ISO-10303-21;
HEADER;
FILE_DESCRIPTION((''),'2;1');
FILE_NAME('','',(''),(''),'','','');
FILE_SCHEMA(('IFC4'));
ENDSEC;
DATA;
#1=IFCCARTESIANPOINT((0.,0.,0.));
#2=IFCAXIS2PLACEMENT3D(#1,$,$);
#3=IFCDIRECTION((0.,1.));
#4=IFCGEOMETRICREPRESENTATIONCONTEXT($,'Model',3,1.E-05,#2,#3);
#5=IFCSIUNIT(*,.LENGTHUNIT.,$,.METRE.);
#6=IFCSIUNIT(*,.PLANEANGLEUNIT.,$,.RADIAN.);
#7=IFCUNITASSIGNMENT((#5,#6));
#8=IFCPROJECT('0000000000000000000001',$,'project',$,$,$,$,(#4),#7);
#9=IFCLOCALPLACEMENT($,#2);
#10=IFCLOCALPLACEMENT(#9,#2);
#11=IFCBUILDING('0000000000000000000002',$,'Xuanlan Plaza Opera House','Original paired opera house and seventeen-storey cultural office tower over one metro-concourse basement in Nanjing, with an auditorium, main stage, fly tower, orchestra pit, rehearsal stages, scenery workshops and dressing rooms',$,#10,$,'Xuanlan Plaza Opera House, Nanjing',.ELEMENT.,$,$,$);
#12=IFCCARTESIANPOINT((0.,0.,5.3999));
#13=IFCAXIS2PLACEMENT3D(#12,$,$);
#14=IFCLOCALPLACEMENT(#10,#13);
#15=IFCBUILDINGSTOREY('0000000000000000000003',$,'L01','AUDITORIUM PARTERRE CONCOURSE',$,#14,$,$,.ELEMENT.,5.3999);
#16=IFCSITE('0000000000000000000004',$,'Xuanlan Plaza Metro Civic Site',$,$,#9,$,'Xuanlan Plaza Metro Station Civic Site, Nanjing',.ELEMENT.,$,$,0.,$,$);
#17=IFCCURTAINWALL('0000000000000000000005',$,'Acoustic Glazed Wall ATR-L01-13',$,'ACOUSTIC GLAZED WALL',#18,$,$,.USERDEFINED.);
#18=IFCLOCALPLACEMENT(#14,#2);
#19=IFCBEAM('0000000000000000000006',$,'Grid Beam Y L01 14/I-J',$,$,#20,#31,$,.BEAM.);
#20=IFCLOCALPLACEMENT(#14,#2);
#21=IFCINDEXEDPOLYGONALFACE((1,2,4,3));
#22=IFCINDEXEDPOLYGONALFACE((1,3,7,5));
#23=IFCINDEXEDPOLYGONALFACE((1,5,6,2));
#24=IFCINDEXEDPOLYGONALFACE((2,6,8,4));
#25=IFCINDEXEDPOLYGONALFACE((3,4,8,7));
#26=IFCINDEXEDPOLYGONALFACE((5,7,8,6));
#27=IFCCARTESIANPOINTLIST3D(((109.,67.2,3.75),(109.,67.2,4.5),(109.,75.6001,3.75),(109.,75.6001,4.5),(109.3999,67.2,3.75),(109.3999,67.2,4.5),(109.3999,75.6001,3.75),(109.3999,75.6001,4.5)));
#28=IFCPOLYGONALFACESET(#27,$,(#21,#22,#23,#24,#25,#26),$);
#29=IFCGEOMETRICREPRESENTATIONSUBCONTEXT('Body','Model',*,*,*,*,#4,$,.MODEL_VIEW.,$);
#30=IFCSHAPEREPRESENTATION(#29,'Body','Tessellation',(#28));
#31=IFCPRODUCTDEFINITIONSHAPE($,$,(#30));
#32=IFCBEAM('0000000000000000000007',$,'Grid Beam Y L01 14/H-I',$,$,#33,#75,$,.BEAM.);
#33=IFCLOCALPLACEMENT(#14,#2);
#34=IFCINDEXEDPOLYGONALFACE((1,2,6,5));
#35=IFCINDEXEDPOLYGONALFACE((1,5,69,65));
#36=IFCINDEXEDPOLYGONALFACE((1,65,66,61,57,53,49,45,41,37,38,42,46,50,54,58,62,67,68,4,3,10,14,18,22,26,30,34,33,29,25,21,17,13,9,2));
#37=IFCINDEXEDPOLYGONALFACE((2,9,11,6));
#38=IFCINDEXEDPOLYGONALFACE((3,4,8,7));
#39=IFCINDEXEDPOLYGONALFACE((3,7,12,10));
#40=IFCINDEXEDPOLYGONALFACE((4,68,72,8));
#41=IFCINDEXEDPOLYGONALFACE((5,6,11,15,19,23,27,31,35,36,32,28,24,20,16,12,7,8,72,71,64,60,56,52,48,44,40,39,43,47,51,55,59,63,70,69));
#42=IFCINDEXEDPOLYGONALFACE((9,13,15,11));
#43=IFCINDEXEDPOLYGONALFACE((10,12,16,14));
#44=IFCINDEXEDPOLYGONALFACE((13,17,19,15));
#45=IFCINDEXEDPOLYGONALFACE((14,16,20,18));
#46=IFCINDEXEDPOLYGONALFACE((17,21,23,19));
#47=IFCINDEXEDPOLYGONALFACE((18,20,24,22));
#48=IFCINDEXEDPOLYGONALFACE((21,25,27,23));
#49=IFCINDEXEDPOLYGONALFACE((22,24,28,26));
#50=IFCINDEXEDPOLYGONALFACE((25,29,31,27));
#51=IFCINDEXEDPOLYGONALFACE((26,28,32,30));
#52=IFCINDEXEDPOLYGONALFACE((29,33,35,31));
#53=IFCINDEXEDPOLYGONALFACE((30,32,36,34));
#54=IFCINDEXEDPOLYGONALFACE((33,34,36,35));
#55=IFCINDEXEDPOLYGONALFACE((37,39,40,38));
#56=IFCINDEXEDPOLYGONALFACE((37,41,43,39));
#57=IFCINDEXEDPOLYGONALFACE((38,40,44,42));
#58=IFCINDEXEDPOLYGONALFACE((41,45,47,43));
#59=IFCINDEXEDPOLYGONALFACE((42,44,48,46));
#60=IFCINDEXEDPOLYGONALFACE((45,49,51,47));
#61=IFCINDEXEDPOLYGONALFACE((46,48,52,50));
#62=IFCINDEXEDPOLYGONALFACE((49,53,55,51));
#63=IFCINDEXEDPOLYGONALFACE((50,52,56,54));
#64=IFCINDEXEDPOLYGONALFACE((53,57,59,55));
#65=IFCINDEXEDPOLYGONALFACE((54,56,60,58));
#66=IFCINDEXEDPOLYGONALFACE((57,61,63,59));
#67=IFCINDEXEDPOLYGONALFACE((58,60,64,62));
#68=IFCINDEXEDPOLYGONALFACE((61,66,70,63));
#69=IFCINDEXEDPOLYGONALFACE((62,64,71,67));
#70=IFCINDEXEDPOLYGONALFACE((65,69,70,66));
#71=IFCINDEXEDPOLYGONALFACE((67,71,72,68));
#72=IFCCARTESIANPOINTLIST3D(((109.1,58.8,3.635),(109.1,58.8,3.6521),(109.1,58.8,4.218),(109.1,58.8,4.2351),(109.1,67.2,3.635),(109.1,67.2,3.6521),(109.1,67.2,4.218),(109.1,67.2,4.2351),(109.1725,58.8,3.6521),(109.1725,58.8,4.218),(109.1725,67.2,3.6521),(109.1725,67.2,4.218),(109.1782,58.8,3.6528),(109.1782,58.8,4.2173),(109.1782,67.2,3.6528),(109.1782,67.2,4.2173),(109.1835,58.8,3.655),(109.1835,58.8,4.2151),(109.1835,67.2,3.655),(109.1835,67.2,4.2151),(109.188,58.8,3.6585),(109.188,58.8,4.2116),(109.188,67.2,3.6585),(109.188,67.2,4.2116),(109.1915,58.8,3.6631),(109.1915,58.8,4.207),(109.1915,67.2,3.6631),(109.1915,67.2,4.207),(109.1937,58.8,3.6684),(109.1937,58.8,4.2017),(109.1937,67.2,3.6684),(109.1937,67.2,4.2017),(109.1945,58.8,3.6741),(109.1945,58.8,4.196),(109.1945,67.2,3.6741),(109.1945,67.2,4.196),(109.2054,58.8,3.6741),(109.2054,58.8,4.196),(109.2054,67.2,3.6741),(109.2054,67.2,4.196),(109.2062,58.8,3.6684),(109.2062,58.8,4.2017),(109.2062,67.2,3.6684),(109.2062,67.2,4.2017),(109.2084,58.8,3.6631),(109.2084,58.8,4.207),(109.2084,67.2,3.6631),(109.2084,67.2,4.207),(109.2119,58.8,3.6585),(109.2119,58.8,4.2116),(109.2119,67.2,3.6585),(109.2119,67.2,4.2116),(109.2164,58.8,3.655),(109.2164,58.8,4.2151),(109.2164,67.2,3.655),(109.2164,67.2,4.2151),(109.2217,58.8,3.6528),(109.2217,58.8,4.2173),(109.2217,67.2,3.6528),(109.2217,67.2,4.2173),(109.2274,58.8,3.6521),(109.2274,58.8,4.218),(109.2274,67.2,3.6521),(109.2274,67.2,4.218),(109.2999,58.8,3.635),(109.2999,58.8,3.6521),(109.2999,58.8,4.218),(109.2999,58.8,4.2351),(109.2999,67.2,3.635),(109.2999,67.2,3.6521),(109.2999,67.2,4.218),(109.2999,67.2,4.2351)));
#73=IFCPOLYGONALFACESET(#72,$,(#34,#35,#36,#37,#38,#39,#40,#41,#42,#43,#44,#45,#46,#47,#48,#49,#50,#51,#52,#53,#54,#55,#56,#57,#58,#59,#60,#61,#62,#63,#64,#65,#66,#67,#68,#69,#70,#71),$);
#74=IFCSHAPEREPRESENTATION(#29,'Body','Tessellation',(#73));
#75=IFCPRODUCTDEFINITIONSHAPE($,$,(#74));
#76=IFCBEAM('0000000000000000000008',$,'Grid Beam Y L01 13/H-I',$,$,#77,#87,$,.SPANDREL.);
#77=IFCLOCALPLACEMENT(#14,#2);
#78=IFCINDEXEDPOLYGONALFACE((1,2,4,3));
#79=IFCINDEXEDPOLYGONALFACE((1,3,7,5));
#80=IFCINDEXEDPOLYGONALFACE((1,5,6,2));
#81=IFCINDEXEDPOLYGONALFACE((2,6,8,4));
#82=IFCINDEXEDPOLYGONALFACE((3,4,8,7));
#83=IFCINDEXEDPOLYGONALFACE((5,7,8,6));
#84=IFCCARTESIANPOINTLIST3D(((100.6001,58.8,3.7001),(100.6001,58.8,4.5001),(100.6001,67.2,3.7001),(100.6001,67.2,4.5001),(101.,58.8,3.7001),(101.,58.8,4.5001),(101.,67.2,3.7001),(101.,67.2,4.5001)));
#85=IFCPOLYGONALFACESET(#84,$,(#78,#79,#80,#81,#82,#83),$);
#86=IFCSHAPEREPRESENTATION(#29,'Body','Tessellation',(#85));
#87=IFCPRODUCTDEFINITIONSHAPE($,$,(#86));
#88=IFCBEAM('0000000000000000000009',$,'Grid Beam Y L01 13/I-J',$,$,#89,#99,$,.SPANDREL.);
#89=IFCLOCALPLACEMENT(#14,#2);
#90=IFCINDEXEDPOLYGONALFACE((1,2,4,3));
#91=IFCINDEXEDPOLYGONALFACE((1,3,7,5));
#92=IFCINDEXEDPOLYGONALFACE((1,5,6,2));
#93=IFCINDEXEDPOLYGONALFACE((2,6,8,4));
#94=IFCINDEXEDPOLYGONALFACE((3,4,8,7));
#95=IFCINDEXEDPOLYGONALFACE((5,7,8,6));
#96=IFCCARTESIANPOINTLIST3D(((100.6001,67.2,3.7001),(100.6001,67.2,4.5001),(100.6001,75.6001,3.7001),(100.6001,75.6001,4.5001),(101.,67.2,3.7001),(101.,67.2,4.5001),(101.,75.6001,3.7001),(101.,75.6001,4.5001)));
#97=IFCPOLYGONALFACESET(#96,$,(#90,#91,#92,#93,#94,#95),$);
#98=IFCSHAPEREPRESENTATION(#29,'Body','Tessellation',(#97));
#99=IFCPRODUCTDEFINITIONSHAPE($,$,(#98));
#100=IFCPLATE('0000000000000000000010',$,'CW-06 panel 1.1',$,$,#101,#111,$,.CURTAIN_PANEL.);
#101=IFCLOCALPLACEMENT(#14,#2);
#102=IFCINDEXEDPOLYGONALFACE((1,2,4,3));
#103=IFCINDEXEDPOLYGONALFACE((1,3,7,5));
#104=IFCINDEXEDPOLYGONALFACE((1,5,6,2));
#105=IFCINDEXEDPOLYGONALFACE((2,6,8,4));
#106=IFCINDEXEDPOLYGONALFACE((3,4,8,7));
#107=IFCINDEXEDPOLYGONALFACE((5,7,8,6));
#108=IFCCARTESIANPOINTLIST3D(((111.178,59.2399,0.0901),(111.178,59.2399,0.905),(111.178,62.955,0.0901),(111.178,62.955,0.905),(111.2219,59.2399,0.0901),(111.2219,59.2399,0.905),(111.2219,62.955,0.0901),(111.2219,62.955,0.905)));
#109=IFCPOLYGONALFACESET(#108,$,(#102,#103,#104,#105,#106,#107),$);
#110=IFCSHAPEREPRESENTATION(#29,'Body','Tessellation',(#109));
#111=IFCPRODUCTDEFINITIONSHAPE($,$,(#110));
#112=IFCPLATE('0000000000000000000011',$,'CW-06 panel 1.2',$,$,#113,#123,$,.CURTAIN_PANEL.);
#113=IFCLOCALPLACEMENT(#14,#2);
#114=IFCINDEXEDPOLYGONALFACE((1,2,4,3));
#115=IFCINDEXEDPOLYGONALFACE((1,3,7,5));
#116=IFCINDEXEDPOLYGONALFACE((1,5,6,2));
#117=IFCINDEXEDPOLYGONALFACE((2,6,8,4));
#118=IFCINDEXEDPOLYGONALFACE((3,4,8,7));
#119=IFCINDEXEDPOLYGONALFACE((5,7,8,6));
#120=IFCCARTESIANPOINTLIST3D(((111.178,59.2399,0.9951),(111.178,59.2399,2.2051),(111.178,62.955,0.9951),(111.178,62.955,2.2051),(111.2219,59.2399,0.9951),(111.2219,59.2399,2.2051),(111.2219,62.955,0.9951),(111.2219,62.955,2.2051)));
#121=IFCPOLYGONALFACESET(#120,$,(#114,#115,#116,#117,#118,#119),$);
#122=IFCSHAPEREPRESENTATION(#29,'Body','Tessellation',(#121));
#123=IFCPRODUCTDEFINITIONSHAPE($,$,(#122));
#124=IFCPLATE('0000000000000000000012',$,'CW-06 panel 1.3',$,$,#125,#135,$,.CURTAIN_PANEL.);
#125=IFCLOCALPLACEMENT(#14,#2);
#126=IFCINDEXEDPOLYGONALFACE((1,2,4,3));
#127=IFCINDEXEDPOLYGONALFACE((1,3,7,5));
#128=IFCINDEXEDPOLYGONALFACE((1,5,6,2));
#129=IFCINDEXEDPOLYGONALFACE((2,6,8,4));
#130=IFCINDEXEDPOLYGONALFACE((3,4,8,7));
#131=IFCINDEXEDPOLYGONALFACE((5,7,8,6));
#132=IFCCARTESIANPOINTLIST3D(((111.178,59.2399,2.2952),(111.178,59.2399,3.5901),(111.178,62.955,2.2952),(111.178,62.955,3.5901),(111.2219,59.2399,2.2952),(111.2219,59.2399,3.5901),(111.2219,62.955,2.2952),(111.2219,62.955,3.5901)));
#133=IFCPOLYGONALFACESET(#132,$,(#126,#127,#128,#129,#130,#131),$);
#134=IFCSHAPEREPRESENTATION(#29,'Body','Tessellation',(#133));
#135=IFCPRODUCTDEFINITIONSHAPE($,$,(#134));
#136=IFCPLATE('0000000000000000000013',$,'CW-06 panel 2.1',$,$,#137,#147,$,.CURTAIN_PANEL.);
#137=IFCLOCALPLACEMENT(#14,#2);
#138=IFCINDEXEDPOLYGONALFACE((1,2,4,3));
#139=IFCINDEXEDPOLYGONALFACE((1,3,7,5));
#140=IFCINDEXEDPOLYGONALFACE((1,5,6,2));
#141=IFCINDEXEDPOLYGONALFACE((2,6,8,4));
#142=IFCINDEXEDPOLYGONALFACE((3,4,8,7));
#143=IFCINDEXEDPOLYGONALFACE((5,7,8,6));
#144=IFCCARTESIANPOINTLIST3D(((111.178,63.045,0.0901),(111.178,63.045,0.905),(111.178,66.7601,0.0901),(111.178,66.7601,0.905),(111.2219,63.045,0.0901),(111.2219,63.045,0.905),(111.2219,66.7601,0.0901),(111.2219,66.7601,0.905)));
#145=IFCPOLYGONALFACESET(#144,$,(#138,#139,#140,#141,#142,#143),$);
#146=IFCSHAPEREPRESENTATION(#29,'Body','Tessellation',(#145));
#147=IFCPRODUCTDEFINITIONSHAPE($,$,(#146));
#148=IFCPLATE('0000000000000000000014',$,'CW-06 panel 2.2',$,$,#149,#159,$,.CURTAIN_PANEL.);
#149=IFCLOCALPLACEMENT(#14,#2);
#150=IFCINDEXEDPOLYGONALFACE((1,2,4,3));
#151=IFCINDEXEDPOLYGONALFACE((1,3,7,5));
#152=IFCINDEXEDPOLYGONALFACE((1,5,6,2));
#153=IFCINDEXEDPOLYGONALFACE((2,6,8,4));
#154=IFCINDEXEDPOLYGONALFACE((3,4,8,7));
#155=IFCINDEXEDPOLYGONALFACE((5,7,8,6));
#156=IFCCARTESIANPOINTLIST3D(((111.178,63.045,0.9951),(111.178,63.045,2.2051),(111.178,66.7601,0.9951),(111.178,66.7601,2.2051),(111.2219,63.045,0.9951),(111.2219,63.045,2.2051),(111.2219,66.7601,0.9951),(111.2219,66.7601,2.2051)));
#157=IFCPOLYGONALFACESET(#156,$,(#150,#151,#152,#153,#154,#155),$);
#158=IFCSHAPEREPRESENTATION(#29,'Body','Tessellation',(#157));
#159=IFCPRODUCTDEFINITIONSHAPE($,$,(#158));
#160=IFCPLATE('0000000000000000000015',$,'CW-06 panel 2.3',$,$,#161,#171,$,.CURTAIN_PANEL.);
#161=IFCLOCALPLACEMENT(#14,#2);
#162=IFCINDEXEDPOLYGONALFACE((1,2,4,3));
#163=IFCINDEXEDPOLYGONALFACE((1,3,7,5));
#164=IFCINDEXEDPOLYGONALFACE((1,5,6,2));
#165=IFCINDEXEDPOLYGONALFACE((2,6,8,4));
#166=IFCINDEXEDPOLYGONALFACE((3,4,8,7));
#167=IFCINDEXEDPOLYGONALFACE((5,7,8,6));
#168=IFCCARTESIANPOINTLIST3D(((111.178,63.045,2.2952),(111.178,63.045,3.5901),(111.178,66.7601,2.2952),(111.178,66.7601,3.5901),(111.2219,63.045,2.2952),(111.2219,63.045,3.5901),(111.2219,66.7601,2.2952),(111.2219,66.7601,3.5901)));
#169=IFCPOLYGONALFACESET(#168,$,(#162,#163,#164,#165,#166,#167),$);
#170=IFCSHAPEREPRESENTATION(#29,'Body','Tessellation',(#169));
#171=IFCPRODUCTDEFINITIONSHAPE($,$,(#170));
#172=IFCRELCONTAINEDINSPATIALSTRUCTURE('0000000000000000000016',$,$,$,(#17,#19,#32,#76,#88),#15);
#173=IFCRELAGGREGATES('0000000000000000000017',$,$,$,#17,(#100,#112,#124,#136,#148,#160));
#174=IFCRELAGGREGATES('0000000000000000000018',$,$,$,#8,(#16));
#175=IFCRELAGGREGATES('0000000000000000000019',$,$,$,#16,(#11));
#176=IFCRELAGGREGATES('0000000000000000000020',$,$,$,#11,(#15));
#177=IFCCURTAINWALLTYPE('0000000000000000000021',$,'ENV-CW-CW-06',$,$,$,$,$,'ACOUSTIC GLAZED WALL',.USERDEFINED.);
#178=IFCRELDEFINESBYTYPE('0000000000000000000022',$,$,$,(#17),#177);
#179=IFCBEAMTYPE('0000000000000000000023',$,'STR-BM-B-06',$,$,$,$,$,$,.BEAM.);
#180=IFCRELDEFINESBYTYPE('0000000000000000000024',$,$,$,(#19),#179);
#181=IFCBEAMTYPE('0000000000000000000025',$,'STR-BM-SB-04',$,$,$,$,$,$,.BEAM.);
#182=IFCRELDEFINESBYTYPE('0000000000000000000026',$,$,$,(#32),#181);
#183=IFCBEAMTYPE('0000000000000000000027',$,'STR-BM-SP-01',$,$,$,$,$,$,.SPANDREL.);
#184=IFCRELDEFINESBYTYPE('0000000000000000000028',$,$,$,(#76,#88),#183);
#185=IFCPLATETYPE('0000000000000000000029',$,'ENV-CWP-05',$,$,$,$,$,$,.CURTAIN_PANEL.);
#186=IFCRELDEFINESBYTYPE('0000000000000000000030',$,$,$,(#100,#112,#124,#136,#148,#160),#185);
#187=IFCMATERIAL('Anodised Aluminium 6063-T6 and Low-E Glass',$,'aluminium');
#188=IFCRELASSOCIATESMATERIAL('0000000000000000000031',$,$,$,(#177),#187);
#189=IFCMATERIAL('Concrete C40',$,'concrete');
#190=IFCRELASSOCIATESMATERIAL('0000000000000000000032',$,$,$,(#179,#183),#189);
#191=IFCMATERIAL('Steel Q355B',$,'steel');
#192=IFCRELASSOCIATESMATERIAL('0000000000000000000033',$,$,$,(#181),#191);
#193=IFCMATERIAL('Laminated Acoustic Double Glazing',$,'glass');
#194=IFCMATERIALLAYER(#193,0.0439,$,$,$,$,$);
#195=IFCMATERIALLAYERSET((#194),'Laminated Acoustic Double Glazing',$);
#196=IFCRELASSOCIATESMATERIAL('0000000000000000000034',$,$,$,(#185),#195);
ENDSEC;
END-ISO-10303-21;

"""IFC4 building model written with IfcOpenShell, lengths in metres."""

from ifc_helpers import new_model, si_unit, direction, frame, origin, origin_2d, place, context, subcontext, project, spatial, rectangle, i_section, extrude, material, layer, layer_set, material_profile, profile_set, type_object, element, aggregate, save


model = new_model("IFC4")

# Units and contexts
model_context = context("Model", 3, precision=1e-05, world=origin(), true_north=direction((0.0, 1.0)))
body_context = subcontext(model_context, "Body", "Model", "MODEL_VIEW")
ifc_project = project(units=[si_unit("LENGTHUNIT", "METRE"), si_unit("PLANEANGLEUNIT", "RADIAN")], contexts=[model_context])

# Site, building, storey
site_placement = place(None, origin())
site = spatial("IfcSite", under=ifc_project, at=site_placement, Name="Xuanlan Plaza Metro Civic Site", LongName="Xuanlan Plaza Metro Station Civic Site, Nanjing", CompositionType="ELEMENT", RefElevation=0.0)
building_placement = place(site_placement, origin())
building = spatial("IfcBuilding", under=site, at=building_placement, Name="Xuanlan Plaza Opera House", Description="Original paired opera house and seventeen-storey cultural office tower over one metro-concourse basement in Nanjing, with an auditorium, main stage, fly tower, orchestra pit, rehearsal stages, scenery workshops and dressing rooms", LongName="Xuanlan Plaza Opera House, Nanjing", CompositionType="ELEMENT")
storey_placement = place(building_placement, frame((0.0, 0.0, 5.3999)))
storey = spatial("IfcBuildingStorey", under=building, at=storey_placement, Name="L01", Description="AUDITORIUM PARTERRE CONCOURSE", CompositionType="ELEMENT", Elevation=5.3999)

# Shared definitions
ifc_material_1 = material(Name="Steel Q355B", Category="steel")

# Shared definitions
ifc_material_2 = material(Name="Anodised Aluminium 6063-T6 and Low-E Glass", Category="aluminium")
curtain_wall_type = type_object("IfcCurtainWallType", Name="ENV-CW-CW-06", ElementType="ACOUSTIC GLAZED WALL", PredefinedType="USERDEFINED", material=ifc_material_2)

# Curtain wall
curtain_wall_1_placement = place(storey_placement, origin())
curtain_wall_1 = element("IfcCurtainWall", 1, at=curtain_wall_1_placement, inside=storey, type_object=curtain_wall_type, Name="Acoustic Glazed Wall ATR-L01-13", ObjectType="ACOUSTIC GLAZED WALL", PredefinedType="USERDEFINED")

# Beams
ifc_material_3 = material(Name="Concrete C40", Category="concrete")
ifc_material_profile_1 = material_profile(ifc_material_3, rectangle(XDim=0.3999, YDim=0.75, at=origin_2d()), Name="RC-BM 400x750")
ifc_profile_set_1 = profile_set([ifc_material_profile_1], Name="Concrete C40")
beam_type_1 = type_object("IfcBeamType", Name="STR-BM-B-06", PredefinedType="BEAM", material=ifc_profile_set_1)
beam_1_placement = place(storey_placement, frame((109.2, 67.2, 4.125), z_axis=(0.0, 1.0, 0.0), x_axis=(-1.0, 0.0, 0.0)))
element("IfcBeam", 2, at=beam_1_placement, inside=storey, type_object=beam_type_1, Name="Grid Beam Y L01 14/I-J", PredefinedType="BEAM", context=body_context, shape_type="SweptSolid", body=[
    extrude(rectangle(XDim=0.3999, YDim=0.75, at=origin_2d()), origin(), (0.0, 0.0, 1.0), 8.4001),
])
ifc_material_profile_2 = material_profile(ifc_material_1, i_section(OverallWidth=0.2, OverallDepth=0.6001, WebThickness=0.011, FlangeThickness=0.0171, FilletRadius=0.022, at=origin_2d()), Name="HN 600x200x11x17")
ifc_profile_set_2 = profile_set([ifc_material_profile_2], Name="Steel Q355B")
beam_type_2 = type_object("IfcBeamType", Name="STR-BM-SB-04", PredefinedType="BEAM", material=ifc_profile_set_2)
beam_2_placement = place(storey_placement, frame((109.2, 58.8, 3.9351), z_axis=(0.0, 1.0, 0.0), x_axis=(-1.0, 0.0, 0.0)))
element("IfcBeam", 3, at=beam_2_placement, inside=storey, type_object=beam_type_2, Name="Grid Beam Y L01 14/H-I", PredefinedType="BEAM", context=body_context, shape_type="SweptSolid", body=[
    extrude(i_section(OverallWidth=0.2, OverallDepth=0.6001, WebThickness=0.011, FlangeThickness=0.0171, FilletRadius=0.022, at=origin_2d()), origin(), (0.0, 0.0, 1.0), 8.3999),
])
ifc_material_profile_3 = material_profile(ifc_material_3, rectangle(XDim=0.3999, YDim=0.8, at=origin_2d()), Name="RC-SPD 400x800")
ifc_profile_set_3 = profile_set([ifc_material_profile_3], Name="Concrete C40")
beam_type_3 = type_object("IfcBeamType", Name="STR-BM-SP-01", PredefinedType="SPANDREL", material=ifc_profile_set_3)
beam_3_placement = place(storey_placement, frame((100.8, 58.8, 4.1001), z_axis=(0.0, 1.0, 0.0), x_axis=(-1.0, 0.0, 0.0)))
element("IfcBeam", 4, at=beam_3_placement, inside=storey, type_object=beam_type_3, Name="Grid Beam Y L01 13/H-I", PredefinedType="SPANDREL", context=body_context, shape_type="SweptSolid", body=[
    extrude(rectangle(XDim=0.3999, YDim=0.8, at=origin_2d()), origin(), (0.0, 0.0, 1.0), 8.3999),
])
beam_4_placement = place(storey_placement, frame((100.8, 67.2, 4.1001), z_axis=(0.0, 1.0, 0.0), x_axis=(-1.0, 0.0, 0.0)))
element("IfcBeam", 5, at=beam_4_placement, inside=storey, type_object=beam_type_3, Name="Grid Beam Y L01 13/I-J", PredefinedType="SPANDREL", context=body_context, shape_type="SweptSolid", body=[
    extrude(rectangle(XDim=0.3999, YDim=0.8, at=origin_2d()), origin(), (0.0, 0.0, 1.0), 8.4001),
])

# Plates
ifc_material_4 = material(Name="Laminated Acoustic Double Glazing", Category="glass")
ifc_layer = layer(ifc_material_4, 0.0439)
ifc_layer_set = layer_set([ifc_layer], Name="Laminated Acoustic Double Glazing")
plate_type = type_object("IfcPlateType", Name="ENV-CWP-05", PredefinedType="CURTAIN_PANEL", material=ifc_layer_set)
plate_1_placement = place(storey_placement, frame((111.2, 61.0974, 0.0901), z_axis=(0.0, 0.0, 1.0), x_axis=(0.0, 1.0, 0.0)))
plate_1 = element("IfcPlate", 6, at=plate_1_placement, type_object=plate_type, Name="CW-06 panel 1.1", PredefinedType="CURTAIN_PANEL", context=body_context, shape_type="SweptSolid", body=[
    extrude(rectangle(XDim=3.7151, YDim=0.0439, at=origin_2d()), origin(), (0.0, 0.0, 1.0), 0.8149),
])
plate_2_placement = place(storey_placement, frame((111.2, 61.0974, 0.9951), z_axis=(0.0, 0.0, 1.0), x_axis=(0.0, 1.0, 0.0)))
plate_2 = element("IfcPlate", 7, at=plate_2_placement, type_object=plate_type, Name="CW-06 panel 1.2", PredefinedType="CURTAIN_PANEL", context=body_context, shape_type="SweptSolid", body=[
    extrude(rectangle(XDim=3.7151, YDim=0.0439, at=origin_2d()), origin(), (0.0, 0.0, 1.0), 1.21),
])
plate_3_placement = place(storey_placement, frame((111.2, 61.0974, 2.2952), z_axis=(0.0, 0.0, 1.0), x_axis=(0.0, 1.0, 0.0)))
plate_3 = element("IfcPlate", 8, at=plate_3_placement, type_object=plate_type, Name="CW-06 panel 1.3", PredefinedType="CURTAIN_PANEL", context=body_context, shape_type="SweptSolid", body=[
    extrude(rectangle(XDim=3.7151, YDim=0.0439, at=origin_2d()), origin(), (0.0, 0.0, 1.0), 1.2949),
])
plate_4_placement = place(storey_placement, frame((111.2, 64.9026, 0.0901), z_axis=(0.0, 0.0, 1.0), x_axis=(0.0, 1.0, 0.0)))
plate_4 = element("IfcPlate", 9, at=plate_4_placement, type_object=plate_type, Name="CW-06 panel 2.1", PredefinedType="CURTAIN_PANEL", context=body_context, shape_type="SweptSolid", body=[
    extrude(rectangle(XDim=3.7151, YDim=0.0439, at=origin_2d()), origin(), (0.0, 0.0, 1.0), 0.8149),
])
plate_5_placement = place(storey_placement, frame((111.2, 64.9026, 0.9951), z_axis=(0.0, 0.0, 1.0), x_axis=(0.0, 1.0, 0.0)))
plate_5 = element("IfcPlate", 10, at=plate_5_placement, type_object=plate_type, Name="CW-06 panel 2.2", PredefinedType="CURTAIN_PANEL", context=body_context, shape_type="SweptSolid", body=[
    extrude(rectangle(XDim=3.7151, YDim=0.0439, at=origin_2d()), origin(), (0.0, 0.0, 1.0), 1.21),
])
plate_6_placement = place(storey_placement, frame((111.2, 64.9026, 2.2952), z_axis=(0.0, 0.0, 1.0), x_axis=(0.0, 1.0, 0.0)))
plate_6 = element("IfcPlate", 11, at=plate_6_placement, type_object=plate_type, Name="CW-06 panel 2.3", PredefinedType="CURTAIN_PANEL", context=body_context, shape_type="SweptSolid", body=[
    extrude(rectangle(XDim=3.7151, YDim=0.0439, at=origin_2d()), origin(), (0.0, 0.0, 1.0), 1.2949),
])
aggregate(curtain_wall_1, [plate_1, plate_2, plate_3, plate_4, plate_5, plate_6])

save(model, "model.ifc")
